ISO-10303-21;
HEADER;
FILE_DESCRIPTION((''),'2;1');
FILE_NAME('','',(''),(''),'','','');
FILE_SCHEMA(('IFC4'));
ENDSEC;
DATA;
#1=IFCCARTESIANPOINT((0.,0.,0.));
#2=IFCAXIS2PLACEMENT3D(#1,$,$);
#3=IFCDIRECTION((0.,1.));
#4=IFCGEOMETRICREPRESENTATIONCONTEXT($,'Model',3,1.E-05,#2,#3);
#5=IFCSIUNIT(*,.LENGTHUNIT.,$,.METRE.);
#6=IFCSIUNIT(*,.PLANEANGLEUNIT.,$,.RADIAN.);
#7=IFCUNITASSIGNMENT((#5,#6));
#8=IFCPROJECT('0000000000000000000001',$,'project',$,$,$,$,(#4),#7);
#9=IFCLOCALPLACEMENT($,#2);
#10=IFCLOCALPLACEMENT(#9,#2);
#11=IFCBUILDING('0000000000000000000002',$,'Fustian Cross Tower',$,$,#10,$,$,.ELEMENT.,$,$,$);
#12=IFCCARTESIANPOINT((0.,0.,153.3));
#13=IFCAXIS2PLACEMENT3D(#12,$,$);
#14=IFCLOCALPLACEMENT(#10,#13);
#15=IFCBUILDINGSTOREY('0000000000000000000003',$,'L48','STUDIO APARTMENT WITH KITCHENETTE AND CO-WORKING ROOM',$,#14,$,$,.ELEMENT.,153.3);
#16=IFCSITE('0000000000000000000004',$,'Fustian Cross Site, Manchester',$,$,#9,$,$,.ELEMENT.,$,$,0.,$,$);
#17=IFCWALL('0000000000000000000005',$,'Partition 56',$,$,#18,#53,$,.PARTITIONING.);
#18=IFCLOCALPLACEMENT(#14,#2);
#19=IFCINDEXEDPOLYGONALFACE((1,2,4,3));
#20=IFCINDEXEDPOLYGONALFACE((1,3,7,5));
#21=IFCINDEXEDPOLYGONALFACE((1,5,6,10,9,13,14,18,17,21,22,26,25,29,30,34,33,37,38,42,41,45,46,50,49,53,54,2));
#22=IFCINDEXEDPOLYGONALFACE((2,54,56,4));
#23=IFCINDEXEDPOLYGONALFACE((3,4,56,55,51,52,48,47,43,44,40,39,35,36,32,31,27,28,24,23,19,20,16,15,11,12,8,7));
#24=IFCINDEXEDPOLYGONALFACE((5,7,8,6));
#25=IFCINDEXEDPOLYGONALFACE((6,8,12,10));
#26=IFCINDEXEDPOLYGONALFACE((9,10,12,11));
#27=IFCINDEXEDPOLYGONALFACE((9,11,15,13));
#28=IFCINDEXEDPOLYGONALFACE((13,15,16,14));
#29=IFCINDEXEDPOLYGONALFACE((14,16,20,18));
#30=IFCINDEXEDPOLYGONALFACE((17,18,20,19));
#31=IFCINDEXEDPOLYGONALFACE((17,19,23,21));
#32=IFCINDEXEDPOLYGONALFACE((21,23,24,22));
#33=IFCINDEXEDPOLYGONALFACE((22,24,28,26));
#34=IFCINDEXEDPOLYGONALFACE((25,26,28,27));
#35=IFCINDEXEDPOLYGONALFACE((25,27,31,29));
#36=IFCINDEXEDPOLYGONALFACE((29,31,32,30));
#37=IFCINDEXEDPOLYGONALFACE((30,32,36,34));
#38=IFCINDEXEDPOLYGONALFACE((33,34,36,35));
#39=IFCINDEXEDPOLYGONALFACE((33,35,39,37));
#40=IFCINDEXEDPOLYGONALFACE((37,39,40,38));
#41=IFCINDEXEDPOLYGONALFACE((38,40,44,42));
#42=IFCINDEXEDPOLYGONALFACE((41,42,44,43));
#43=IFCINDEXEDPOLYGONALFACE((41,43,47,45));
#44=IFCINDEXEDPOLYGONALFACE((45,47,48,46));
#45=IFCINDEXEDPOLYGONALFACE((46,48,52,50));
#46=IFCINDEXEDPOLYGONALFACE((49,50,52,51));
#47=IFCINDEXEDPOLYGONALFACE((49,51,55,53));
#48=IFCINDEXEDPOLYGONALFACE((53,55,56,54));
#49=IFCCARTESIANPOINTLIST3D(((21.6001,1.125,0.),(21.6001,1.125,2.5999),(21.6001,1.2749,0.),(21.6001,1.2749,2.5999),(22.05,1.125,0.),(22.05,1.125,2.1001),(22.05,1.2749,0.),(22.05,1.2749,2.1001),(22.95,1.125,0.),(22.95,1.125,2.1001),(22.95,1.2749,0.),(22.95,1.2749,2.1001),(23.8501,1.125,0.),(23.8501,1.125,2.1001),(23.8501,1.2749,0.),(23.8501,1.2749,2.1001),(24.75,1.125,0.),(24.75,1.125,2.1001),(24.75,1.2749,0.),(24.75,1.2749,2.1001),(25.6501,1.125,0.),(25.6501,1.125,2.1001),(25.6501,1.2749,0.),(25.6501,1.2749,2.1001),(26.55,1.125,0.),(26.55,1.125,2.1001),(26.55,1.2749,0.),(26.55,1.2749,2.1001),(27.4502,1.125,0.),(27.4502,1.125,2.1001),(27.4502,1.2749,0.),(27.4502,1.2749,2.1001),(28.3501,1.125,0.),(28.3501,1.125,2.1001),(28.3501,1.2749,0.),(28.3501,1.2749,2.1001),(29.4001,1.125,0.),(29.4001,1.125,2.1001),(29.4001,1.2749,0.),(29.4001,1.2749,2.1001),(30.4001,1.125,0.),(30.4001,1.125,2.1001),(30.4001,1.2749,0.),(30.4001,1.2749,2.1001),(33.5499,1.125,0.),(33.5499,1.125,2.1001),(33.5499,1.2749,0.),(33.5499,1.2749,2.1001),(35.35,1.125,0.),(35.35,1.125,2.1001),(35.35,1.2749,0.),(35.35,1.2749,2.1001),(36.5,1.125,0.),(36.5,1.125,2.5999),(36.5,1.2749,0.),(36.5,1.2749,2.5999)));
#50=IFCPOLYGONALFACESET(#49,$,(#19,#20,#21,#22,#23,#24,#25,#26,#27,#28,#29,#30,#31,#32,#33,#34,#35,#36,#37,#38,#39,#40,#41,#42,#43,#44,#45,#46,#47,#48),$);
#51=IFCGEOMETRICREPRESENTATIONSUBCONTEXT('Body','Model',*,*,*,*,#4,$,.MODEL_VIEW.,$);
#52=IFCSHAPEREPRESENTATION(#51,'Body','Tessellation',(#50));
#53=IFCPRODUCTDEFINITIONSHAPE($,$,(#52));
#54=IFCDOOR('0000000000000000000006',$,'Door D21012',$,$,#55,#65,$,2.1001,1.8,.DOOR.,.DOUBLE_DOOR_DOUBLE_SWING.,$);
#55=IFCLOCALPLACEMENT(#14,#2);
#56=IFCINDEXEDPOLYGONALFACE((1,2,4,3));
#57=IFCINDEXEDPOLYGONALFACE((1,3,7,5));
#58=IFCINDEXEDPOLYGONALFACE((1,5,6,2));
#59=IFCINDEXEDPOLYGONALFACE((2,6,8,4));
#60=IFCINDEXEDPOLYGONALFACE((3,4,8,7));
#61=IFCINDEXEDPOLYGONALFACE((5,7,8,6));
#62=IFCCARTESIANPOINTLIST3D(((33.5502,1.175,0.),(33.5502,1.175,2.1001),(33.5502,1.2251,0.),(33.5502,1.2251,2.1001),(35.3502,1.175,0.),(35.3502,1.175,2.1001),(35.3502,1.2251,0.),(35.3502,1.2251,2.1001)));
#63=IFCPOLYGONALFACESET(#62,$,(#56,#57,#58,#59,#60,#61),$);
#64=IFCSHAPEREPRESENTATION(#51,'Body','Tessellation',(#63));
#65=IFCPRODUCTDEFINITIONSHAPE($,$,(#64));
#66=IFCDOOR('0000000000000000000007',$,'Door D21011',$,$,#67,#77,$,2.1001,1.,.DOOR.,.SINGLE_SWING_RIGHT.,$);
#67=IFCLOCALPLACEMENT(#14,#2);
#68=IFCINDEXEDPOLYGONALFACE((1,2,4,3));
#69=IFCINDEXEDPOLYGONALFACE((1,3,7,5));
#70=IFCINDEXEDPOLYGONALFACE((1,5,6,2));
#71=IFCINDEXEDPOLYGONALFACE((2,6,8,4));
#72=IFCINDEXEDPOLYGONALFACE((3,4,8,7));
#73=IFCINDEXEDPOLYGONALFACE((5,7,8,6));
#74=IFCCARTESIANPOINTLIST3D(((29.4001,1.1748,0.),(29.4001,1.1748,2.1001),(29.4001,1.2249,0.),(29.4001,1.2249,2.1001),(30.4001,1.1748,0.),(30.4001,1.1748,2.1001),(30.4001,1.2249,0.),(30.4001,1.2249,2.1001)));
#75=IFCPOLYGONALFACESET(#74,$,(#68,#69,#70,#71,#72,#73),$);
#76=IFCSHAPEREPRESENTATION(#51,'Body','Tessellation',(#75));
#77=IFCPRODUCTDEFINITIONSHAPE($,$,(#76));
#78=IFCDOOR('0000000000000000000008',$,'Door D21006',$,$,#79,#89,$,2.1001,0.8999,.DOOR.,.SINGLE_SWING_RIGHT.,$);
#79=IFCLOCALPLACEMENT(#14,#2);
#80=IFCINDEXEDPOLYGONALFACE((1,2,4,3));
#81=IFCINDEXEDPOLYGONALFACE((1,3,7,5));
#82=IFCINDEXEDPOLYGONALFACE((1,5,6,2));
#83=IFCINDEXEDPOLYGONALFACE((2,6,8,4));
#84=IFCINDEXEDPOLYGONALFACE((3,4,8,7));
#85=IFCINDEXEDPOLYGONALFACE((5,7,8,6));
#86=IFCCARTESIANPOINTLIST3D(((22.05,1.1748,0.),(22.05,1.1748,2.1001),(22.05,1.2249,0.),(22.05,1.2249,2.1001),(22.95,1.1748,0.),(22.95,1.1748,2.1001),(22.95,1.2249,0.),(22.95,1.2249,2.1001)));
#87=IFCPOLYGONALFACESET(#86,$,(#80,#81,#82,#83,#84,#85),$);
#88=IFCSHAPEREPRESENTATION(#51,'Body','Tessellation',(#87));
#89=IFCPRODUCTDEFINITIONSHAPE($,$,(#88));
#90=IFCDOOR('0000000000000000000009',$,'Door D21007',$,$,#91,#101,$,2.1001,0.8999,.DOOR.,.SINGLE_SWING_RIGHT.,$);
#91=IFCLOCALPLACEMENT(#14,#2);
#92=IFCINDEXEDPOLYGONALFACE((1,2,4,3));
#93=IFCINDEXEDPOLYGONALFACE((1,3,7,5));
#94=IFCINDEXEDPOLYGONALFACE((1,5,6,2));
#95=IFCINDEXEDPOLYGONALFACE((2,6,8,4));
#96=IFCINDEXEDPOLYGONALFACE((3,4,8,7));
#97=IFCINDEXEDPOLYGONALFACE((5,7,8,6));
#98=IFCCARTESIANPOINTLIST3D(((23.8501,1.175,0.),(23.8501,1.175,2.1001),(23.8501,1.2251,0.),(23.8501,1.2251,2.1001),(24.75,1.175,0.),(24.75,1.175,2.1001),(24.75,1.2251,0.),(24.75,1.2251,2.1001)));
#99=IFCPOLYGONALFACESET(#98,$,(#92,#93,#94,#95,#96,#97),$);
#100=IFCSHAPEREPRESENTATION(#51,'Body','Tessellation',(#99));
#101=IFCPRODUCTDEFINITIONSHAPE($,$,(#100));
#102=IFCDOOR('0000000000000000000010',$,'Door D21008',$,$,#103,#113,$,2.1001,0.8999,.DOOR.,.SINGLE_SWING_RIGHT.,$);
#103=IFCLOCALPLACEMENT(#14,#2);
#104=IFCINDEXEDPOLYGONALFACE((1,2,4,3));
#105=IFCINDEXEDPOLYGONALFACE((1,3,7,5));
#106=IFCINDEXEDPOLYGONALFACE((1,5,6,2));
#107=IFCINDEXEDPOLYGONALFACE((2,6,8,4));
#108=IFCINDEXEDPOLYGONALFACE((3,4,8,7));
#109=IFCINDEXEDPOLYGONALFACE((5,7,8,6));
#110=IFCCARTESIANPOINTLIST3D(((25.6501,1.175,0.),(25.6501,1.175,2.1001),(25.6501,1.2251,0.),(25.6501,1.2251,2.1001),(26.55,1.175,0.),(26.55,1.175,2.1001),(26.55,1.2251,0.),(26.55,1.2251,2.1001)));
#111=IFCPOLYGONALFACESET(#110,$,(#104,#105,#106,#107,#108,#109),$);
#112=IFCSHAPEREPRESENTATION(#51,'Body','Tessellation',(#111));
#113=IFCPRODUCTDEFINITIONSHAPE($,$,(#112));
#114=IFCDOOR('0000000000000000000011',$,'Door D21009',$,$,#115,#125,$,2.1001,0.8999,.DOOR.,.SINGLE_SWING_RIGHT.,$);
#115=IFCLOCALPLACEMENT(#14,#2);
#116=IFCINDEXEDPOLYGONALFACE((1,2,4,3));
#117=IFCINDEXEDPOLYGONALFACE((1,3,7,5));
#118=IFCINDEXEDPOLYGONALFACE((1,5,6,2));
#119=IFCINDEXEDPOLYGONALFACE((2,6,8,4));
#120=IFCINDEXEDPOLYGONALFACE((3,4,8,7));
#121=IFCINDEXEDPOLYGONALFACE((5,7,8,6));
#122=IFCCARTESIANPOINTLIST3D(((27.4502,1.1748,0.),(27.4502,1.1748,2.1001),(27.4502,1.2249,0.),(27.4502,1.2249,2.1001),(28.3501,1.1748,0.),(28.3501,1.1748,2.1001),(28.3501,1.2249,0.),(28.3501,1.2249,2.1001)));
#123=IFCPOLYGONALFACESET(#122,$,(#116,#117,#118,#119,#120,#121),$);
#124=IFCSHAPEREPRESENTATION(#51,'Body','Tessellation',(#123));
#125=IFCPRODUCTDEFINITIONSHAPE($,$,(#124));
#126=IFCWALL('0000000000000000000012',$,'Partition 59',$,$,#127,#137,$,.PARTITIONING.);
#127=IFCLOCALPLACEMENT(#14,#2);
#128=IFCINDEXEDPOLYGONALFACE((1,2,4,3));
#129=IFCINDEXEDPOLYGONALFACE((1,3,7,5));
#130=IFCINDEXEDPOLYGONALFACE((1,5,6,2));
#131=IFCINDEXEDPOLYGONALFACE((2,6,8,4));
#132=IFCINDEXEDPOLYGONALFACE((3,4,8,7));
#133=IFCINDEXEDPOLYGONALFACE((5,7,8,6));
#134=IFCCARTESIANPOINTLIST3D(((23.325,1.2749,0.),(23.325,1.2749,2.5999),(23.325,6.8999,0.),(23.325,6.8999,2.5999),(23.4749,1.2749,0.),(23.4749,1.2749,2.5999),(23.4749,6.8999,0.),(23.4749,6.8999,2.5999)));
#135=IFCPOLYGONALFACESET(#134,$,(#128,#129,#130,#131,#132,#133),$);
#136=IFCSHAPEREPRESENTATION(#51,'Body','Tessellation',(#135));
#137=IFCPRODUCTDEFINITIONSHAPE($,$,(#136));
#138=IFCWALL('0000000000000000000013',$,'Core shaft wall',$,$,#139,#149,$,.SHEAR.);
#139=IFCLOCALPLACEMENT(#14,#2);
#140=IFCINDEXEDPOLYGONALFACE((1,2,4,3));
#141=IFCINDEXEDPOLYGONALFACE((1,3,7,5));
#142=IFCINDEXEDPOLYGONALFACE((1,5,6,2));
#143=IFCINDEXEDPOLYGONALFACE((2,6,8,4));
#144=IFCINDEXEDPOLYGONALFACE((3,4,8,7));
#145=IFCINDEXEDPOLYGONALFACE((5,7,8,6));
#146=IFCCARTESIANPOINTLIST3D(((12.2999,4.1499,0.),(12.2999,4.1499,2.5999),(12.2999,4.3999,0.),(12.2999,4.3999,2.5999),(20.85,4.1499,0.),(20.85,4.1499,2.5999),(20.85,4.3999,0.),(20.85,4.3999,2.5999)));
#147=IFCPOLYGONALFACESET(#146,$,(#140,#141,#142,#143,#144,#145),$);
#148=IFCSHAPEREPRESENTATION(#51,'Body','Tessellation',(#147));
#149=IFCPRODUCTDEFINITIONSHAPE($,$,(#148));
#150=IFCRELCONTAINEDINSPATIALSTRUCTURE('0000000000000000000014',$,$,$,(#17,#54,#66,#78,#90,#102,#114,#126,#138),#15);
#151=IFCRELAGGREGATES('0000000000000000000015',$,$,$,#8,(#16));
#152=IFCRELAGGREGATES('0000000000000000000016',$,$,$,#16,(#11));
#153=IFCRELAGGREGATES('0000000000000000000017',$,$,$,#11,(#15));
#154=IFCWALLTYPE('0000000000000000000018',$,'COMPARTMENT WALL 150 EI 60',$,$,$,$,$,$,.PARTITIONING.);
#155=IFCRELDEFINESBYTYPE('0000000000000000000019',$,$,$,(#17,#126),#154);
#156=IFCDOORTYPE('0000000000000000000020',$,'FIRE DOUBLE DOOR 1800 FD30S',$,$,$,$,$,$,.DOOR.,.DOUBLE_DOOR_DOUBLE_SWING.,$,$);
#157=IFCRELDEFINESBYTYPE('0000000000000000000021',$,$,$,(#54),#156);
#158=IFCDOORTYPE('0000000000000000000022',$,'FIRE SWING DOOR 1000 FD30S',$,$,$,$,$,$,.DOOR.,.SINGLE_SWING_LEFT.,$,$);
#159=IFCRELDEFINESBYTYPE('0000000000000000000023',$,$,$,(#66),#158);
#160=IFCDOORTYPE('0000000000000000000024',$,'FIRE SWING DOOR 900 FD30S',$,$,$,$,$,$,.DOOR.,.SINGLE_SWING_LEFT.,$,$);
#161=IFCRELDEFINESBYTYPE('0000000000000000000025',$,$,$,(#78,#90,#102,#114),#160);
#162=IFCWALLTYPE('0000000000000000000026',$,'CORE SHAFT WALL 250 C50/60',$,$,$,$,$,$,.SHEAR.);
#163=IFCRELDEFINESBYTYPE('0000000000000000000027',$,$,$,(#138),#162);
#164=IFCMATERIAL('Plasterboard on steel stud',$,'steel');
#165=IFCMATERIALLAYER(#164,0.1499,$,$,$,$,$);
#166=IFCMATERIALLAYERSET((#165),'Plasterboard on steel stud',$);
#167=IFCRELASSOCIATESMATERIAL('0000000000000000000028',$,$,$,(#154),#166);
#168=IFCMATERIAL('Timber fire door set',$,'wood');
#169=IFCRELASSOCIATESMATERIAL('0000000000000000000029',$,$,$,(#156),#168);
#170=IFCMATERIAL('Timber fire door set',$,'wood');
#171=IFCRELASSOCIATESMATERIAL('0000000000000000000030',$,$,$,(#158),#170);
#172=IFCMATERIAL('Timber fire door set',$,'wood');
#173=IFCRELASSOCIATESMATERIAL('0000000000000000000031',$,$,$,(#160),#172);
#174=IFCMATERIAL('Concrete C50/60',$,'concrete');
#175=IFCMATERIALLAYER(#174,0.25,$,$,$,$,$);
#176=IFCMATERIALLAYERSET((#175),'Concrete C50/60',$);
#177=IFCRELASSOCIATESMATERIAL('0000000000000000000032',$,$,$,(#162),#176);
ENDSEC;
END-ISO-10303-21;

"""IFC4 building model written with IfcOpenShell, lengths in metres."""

from ifc_helpers import new_model, si_unit, direction, frame, frame_2d, origin, place, context, subcontext, project, spatial, rectangle, extrude, material, layer, layer_set, type_object, element, fill, save


model = new_model("IFC4")

# Units and contexts
model_context = context("Model", 3, precision=1e-05, world=origin(), true_north=direction((0.0, 1.0)))
body_context = subcontext(model_context, "Body", "Model", "MODEL_VIEW")
ifc_project = project(units=[si_unit("LENGTHUNIT", "METRE"), si_unit("PLANEANGLEUNIT", "RADIAN")], contexts=[model_context])

# Site, building, storey
site_placement = place(None, origin())
site = spatial("IfcSite", under=ifc_project, at=site_placement, Name="Fustian Cross Site, Manchester", CompositionType="ELEMENT", RefElevation=0.0)
building_placement = place(site_placement, origin())
building = spatial("IfcBuilding", under=site, at=building_placement, Name="Fustian Cross Tower", CompositionType="ELEMENT")
storey_placement = place(building_placement, frame((0.0, 0.0, 153.3)))
storey = spatial("IfcBuildingStorey", under=building, at=storey_placement, Name="L48", Description="STUDIO APARTMENT WITH KITCHENETTE AND CO-WORKING ROOM", CompositionType="ELEMENT", Elevation=153.3)

# Wall, openings, doors
ifc_material_1 = material(Name="Plasterboard on steel stud", Category="steel")
ifc_layer_1 = layer(ifc_material_1, 0.1499)
ifc_layer_set_1 = layer_set([ifc_layer_1], Name="Plasterboard on steel stud")
wall_type_1 = type_object("IfcWallType", Name="COMPARTMENT WALL 150 EI 60", PredefinedType="PARTITIONING", material=ifc_layer_set_1)
wall_1_placement = place(storey_placement, frame((21.6001, 1.2, 0.0), z_axis=(0.0, 0.0, 1.0), x_axis=(1.0, 0.0, 0.0)))
wall_1 = element("IfcWall", 1, at=wall_1_placement, inside=storey, type_object=wall_type_1, Name="Partition 56", PredefinedType="PARTITIONING", context=body_context, shape_type="SweptSolid", body=[
    extrude(rectangle(XDim=14.8999, YDim=0.1499, at=frame_2d((7.45, 0.0))), origin(), (0.0, 0.0, 1.0), 2.5999),
])
opening_1_placement = place(wall_1_placement, frame((0.45, 0.0, 0.0)))
opening_1 = element("IfcOpeningElement", 2, at=opening_1_placement, cuts=wall_1, PredefinedType="OPENING", context=body_context, shape_type="SweptSolid", body=[
    extrude(rectangle(XDim=0.8999, YDim=2.1001, at=frame_2d((0.45, 1.05))), frame((0.0, 0.085, 0.0), z_axis=(0.0, -1.0, 0.0), x_axis=(1.0, 0.0, 0.0)), (0.0, 0.0, 1.0), 0.1699),
])
opening_2_placement = place(wall_1_placement, frame((2.25, 0.0, 0.0)))
opening_2 = element("IfcOpeningElement", 3, at=opening_2_placement, cuts=wall_1, PredefinedType="OPENING", context=body_context, shape_type="SweptSolid", body=[
    extrude(rectangle(XDim=0.8999, YDim=2.1001, at=frame_2d((0.45, 1.05))), frame((0.0, 0.085, 0.0), z_axis=(0.0, -1.0, 0.0), x_axis=(1.0, 0.0, 0.0)), (0.0, 0.0, 1.0), 0.1699),
])
opening_3_placement = place(wall_1_placement, frame((4.05, 0.0, 0.0)))
opening_3 = element("IfcOpeningElement", 4, at=opening_3_placement, cuts=wall_1, PredefinedType="OPENING", context=body_context, shape_type="SweptSolid", body=[
    extrude(rectangle(XDim=0.8999, YDim=2.1001, at=frame_2d((0.45, 1.05))), frame((0.0, 0.085, 0.0), z_axis=(0.0, -1.0, 0.0), x_axis=(1.0, 0.0, 0.0)), (0.0, 0.0, 1.0), 0.1699),
])
opening_4_placement = place(wall_1_placement, frame((5.8501, 0.0, 0.0)))
opening_4 = element("IfcOpeningElement", 5, at=opening_4_placement, cuts=wall_1, PredefinedType="OPENING", context=body_context, shape_type="SweptSolid", body=[
    extrude(rectangle(XDim=0.8999, YDim=2.1001, at=frame_2d((0.45, 1.05))), frame((0.0, 0.085, 0.0), z_axis=(0.0, -1.0, 0.0), x_axis=(1.0, 0.0, 0.0)), (0.0, 0.0, 1.0), 0.1699),
])
opening_5_placement = place(wall_1_placement, frame((7.8, 0.0, 0.0)))
opening_5 = element("IfcOpeningElement", 6, at=opening_5_placement, cuts=wall_1, PredefinedType="OPENING", context=body_context, shape_type="SweptSolid", body=[
    extrude(rectangle(XDim=1.0, YDim=2.1001, at=frame_2d((0.5, 1.05))), frame((0.0, 0.085, 0.0), z_axis=(0.0, -1.0, 0.0), x_axis=(1.0, 0.0, 0.0)), (0.0, 0.0, 1.0), 0.1699),
])
opening_6_placement = place(wall_1_placement, frame((11.95, 0.0, 0.0)))
opening_6 = element("IfcOpeningElement", 7, at=opening_6_placement, cuts=wall_1, PredefinedType="OPENING", context=body_context, shape_type="SweptSolid", body=[
    extrude(rectangle(XDim=1.8, YDim=2.1001, at=frame_2d((0.8999, 1.05))), frame((0.0, 0.085, 0.0), z_axis=(0.0, -1.0, 0.0), x_axis=(1.0, 0.0, 0.0)), (0.0, 0.0, 1.0), 0.1699),
])
ifc_material_2 = material(Name="Timber fire door set", Category="wood")
door_type_1 = type_object("IfcDoorType", Name="FIRE DOUBLE DOOR 1800 FD30S", OperationType="DOUBLE_DOOR_DOUBLE_SWING", PredefinedType="DOOR", material=ifc_material_2)
door_1_placement = place(opening_6_placement, frame((1.8, 0.0, 0.0), z_axis=(0.0, 0.0, 1.0), x_axis=(-1.0, 0.0, 0.0)))
door_1 = element("IfcDoor", 8, at=door_1_placement, inside=storey, type_object=door_type_1, Name="Door D21012", OperationType="DOUBLE_DOOR_DOUBLE_SWING", OverallHeight=2.1001, OverallWidth=1.8, PredefinedType="DOOR", context=body_context, shape_type="SweptSolid", body=[
    extrude(rectangle(XDim=1.8, YDim=2.1001, at=frame_2d((0.8999, 1.05))), frame((0.0, 0.0249, 0.0), z_axis=(0.0, -1.0, 0.0), x_axis=(1.0, 0.0, 0.0)), (0.0, 0.0, 1.0), 0.05),
])
fill(opening_6, door_1)
ifc_material_3 = material(Name="Timber fire door set", Category="wood")
door_type_2 = type_object("IfcDoorType", Name="FIRE SWING DOOR 1000 FD30S", OperationType="SINGLE_SWING_LEFT", PredefinedType="DOOR", material=ifc_material_3)
door_2_placement = place(opening_5_placement, origin())
door_2 = element("IfcDoor", 9, at=door_2_placement, inside=storey, type_object=door_type_2, Name="Door D21011", OperationType="SINGLE_SWING_RIGHT", OverallHeight=2.1001, OverallWidth=1.0, PredefinedType="DOOR", context=body_context, shape_type="SweptSolid", body=[
    extrude(rectangle(XDim=1.0, YDim=2.1001, at=frame_2d((0.5, 1.05))), frame((0.0, 0.0249, 0.0), z_axis=(0.0, -1.0, 0.0), x_axis=(1.0, 0.0, 0.0)), (0.0, 0.0, 1.0), 0.05),
])
fill(opening_5, door_2)
ifc_material_4 = material(Name="Timber fire door set", Category="wood")
door_type_3 = type_object("IfcDoorType", Name="FIRE SWING DOOR 900 FD30S", OperationType="SINGLE_SWING_LEFT", PredefinedType="DOOR", material=ifc_material_4)
door_3_placement = place(opening_1_placement, origin())
door_3 = element("IfcDoor", 10, at=door_3_placement, inside=storey, type_object=door_type_3, Name="Door D21006", OperationType="SINGLE_SWING_RIGHT", OverallHeight=2.1001, OverallWidth=0.8999, PredefinedType="DOOR", context=body_context, shape_type="SweptSolid", body=[
    extrude(rectangle(XDim=0.8999, YDim=2.1001, at=frame_2d((0.45, 1.05))), frame((0.0, 0.0249, 0.0), z_axis=(0.0, -1.0, 0.0), x_axis=(1.0, 0.0, 0.0)), (0.0, 0.0, 1.0), 0.05),
])
fill(opening_1, door_3)
door_4_placement = place(opening_2_placement, frame((0.8999, 0.0, 0.0), z_axis=(0.0, 0.0, 1.0), x_axis=(-1.0, 0.0, 0.0)))
door_4 = element("IfcDoor", 11, at=door_4_placement, inside=storey, type_object=door_type_3, Name="Door D21007", OperationType="SINGLE_SWING_RIGHT", OverallHeight=2.1001, OverallWidth=0.8999, PredefinedType="DOOR", context=body_context, shape_type="SweptSolid", body=[
    extrude(rectangle(XDim=0.8999, YDim=2.1001, at=frame_2d((0.45, 1.05))), frame((0.0, 0.0249, 0.0), z_axis=(0.0, -1.0, 0.0), x_axis=(1.0, 0.0, 0.0)), (0.0, 0.0, 1.0), 0.05),
])
fill(opening_2, door_4)
door_5_placement = place(opening_3_placement, frame((0.8999, 0.0, 0.0), z_axis=(0.0, 0.0, 1.0), x_axis=(-1.0, 0.0, 0.0)))
door_5 = element("IfcDoor", 12, at=door_5_placement, inside=storey, type_object=door_type_3, Name="Door D21008", OperationType="SINGLE_SWING_RIGHT", OverallHeight=2.1001, OverallWidth=0.8999, PredefinedType="DOOR", context=body_context, shape_type="SweptSolid", body=[
    extrude(rectangle(XDim=0.8999, YDim=2.1001, at=frame_2d((0.45, 1.05))), frame((0.0, 0.0249, 0.0), z_axis=(0.0, -1.0, 0.0), x_axis=(1.0, 0.0, 0.0)), (0.0, 0.0, 1.0), 0.05),
])
fill(opening_3, door_5)
door_6_placement = place(opening_4_placement, origin())
door_6 = element("IfcDoor", 13, at=door_6_placement, inside=storey, type_object=door_type_3, Name="Door D21009", OperationType="SINGLE_SWING_RIGHT", OverallHeight=2.1001, OverallWidth=0.8999, PredefinedType="DOOR", context=body_context, shape_type="SweptSolid", body=[
    extrude(rectangle(XDim=0.8999, YDim=2.1001, at=frame_2d((0.45, 1.05))), frame((0.0, 0.0249, 0.0), z_axis=(0.0, -1.0, 0.0), x_axis=(1.0, 0.0, 0.0)), (0.0, 0.0, 1.0), 0.05),
])
fill(opening_4, door_6)

# Walls
wall_2_placement = place(storey_placement, frame((23.3999, 1.2749, 0.0), z_axis=(0.0, 0.0, 1.0), x_axis=(0.0, 1.0, 0.0)))
element("IfcWall", 14, at=wall_2_placement, inside=storey, type_object=wall_type_1, Name="Partition 59", PredefinedType="PARTITIONING", context=body_context, shape_type="SweptSolid", body=[
    extrude(rectangle(XDim=5.625, YDim=0.1499, at=frame_2d((2.8125, 0.0))), origin(), (0.0, 0.0, 1.0), 2.5999),
])
ifc_material_5 = material(Name="Concrete C50/60", Category="concrete")
ifc_layer_2 = layer(ifc_material_5, 0.25)
ifc_layer_set_2 = layer_set([ifc_layer_2], Name="Concrete C50/60")
wall_type_2 = type_object("IfcWallType", Name="CORE SHAFT WALL 250 C50/60", PredefinedType="SHEAR", material=ifc_layer_set_2)
wall_3_placement = place(storey_placement, frame((12.3, 4.2749, 0.0), z_axis=(0.0, 0.0, 1.0), x_axis=(1.0, 0.0, 0.0)))
element("IfcWall", 15, at=wall_3_placement, inside=storey, type_object=wall_type_2, Name="Core shaft wall", PredefinedType="SHEAR", context=body_context, shape_type="SweptSolid", body=[
    extrude(rectangle(XDim=8.55, YDim=0.25, at=frame_2d((4.2749, 0.0))), origin(), (0.0, 0.0, 1.0), 2.5999),
])

save(model, "model.ifc")
